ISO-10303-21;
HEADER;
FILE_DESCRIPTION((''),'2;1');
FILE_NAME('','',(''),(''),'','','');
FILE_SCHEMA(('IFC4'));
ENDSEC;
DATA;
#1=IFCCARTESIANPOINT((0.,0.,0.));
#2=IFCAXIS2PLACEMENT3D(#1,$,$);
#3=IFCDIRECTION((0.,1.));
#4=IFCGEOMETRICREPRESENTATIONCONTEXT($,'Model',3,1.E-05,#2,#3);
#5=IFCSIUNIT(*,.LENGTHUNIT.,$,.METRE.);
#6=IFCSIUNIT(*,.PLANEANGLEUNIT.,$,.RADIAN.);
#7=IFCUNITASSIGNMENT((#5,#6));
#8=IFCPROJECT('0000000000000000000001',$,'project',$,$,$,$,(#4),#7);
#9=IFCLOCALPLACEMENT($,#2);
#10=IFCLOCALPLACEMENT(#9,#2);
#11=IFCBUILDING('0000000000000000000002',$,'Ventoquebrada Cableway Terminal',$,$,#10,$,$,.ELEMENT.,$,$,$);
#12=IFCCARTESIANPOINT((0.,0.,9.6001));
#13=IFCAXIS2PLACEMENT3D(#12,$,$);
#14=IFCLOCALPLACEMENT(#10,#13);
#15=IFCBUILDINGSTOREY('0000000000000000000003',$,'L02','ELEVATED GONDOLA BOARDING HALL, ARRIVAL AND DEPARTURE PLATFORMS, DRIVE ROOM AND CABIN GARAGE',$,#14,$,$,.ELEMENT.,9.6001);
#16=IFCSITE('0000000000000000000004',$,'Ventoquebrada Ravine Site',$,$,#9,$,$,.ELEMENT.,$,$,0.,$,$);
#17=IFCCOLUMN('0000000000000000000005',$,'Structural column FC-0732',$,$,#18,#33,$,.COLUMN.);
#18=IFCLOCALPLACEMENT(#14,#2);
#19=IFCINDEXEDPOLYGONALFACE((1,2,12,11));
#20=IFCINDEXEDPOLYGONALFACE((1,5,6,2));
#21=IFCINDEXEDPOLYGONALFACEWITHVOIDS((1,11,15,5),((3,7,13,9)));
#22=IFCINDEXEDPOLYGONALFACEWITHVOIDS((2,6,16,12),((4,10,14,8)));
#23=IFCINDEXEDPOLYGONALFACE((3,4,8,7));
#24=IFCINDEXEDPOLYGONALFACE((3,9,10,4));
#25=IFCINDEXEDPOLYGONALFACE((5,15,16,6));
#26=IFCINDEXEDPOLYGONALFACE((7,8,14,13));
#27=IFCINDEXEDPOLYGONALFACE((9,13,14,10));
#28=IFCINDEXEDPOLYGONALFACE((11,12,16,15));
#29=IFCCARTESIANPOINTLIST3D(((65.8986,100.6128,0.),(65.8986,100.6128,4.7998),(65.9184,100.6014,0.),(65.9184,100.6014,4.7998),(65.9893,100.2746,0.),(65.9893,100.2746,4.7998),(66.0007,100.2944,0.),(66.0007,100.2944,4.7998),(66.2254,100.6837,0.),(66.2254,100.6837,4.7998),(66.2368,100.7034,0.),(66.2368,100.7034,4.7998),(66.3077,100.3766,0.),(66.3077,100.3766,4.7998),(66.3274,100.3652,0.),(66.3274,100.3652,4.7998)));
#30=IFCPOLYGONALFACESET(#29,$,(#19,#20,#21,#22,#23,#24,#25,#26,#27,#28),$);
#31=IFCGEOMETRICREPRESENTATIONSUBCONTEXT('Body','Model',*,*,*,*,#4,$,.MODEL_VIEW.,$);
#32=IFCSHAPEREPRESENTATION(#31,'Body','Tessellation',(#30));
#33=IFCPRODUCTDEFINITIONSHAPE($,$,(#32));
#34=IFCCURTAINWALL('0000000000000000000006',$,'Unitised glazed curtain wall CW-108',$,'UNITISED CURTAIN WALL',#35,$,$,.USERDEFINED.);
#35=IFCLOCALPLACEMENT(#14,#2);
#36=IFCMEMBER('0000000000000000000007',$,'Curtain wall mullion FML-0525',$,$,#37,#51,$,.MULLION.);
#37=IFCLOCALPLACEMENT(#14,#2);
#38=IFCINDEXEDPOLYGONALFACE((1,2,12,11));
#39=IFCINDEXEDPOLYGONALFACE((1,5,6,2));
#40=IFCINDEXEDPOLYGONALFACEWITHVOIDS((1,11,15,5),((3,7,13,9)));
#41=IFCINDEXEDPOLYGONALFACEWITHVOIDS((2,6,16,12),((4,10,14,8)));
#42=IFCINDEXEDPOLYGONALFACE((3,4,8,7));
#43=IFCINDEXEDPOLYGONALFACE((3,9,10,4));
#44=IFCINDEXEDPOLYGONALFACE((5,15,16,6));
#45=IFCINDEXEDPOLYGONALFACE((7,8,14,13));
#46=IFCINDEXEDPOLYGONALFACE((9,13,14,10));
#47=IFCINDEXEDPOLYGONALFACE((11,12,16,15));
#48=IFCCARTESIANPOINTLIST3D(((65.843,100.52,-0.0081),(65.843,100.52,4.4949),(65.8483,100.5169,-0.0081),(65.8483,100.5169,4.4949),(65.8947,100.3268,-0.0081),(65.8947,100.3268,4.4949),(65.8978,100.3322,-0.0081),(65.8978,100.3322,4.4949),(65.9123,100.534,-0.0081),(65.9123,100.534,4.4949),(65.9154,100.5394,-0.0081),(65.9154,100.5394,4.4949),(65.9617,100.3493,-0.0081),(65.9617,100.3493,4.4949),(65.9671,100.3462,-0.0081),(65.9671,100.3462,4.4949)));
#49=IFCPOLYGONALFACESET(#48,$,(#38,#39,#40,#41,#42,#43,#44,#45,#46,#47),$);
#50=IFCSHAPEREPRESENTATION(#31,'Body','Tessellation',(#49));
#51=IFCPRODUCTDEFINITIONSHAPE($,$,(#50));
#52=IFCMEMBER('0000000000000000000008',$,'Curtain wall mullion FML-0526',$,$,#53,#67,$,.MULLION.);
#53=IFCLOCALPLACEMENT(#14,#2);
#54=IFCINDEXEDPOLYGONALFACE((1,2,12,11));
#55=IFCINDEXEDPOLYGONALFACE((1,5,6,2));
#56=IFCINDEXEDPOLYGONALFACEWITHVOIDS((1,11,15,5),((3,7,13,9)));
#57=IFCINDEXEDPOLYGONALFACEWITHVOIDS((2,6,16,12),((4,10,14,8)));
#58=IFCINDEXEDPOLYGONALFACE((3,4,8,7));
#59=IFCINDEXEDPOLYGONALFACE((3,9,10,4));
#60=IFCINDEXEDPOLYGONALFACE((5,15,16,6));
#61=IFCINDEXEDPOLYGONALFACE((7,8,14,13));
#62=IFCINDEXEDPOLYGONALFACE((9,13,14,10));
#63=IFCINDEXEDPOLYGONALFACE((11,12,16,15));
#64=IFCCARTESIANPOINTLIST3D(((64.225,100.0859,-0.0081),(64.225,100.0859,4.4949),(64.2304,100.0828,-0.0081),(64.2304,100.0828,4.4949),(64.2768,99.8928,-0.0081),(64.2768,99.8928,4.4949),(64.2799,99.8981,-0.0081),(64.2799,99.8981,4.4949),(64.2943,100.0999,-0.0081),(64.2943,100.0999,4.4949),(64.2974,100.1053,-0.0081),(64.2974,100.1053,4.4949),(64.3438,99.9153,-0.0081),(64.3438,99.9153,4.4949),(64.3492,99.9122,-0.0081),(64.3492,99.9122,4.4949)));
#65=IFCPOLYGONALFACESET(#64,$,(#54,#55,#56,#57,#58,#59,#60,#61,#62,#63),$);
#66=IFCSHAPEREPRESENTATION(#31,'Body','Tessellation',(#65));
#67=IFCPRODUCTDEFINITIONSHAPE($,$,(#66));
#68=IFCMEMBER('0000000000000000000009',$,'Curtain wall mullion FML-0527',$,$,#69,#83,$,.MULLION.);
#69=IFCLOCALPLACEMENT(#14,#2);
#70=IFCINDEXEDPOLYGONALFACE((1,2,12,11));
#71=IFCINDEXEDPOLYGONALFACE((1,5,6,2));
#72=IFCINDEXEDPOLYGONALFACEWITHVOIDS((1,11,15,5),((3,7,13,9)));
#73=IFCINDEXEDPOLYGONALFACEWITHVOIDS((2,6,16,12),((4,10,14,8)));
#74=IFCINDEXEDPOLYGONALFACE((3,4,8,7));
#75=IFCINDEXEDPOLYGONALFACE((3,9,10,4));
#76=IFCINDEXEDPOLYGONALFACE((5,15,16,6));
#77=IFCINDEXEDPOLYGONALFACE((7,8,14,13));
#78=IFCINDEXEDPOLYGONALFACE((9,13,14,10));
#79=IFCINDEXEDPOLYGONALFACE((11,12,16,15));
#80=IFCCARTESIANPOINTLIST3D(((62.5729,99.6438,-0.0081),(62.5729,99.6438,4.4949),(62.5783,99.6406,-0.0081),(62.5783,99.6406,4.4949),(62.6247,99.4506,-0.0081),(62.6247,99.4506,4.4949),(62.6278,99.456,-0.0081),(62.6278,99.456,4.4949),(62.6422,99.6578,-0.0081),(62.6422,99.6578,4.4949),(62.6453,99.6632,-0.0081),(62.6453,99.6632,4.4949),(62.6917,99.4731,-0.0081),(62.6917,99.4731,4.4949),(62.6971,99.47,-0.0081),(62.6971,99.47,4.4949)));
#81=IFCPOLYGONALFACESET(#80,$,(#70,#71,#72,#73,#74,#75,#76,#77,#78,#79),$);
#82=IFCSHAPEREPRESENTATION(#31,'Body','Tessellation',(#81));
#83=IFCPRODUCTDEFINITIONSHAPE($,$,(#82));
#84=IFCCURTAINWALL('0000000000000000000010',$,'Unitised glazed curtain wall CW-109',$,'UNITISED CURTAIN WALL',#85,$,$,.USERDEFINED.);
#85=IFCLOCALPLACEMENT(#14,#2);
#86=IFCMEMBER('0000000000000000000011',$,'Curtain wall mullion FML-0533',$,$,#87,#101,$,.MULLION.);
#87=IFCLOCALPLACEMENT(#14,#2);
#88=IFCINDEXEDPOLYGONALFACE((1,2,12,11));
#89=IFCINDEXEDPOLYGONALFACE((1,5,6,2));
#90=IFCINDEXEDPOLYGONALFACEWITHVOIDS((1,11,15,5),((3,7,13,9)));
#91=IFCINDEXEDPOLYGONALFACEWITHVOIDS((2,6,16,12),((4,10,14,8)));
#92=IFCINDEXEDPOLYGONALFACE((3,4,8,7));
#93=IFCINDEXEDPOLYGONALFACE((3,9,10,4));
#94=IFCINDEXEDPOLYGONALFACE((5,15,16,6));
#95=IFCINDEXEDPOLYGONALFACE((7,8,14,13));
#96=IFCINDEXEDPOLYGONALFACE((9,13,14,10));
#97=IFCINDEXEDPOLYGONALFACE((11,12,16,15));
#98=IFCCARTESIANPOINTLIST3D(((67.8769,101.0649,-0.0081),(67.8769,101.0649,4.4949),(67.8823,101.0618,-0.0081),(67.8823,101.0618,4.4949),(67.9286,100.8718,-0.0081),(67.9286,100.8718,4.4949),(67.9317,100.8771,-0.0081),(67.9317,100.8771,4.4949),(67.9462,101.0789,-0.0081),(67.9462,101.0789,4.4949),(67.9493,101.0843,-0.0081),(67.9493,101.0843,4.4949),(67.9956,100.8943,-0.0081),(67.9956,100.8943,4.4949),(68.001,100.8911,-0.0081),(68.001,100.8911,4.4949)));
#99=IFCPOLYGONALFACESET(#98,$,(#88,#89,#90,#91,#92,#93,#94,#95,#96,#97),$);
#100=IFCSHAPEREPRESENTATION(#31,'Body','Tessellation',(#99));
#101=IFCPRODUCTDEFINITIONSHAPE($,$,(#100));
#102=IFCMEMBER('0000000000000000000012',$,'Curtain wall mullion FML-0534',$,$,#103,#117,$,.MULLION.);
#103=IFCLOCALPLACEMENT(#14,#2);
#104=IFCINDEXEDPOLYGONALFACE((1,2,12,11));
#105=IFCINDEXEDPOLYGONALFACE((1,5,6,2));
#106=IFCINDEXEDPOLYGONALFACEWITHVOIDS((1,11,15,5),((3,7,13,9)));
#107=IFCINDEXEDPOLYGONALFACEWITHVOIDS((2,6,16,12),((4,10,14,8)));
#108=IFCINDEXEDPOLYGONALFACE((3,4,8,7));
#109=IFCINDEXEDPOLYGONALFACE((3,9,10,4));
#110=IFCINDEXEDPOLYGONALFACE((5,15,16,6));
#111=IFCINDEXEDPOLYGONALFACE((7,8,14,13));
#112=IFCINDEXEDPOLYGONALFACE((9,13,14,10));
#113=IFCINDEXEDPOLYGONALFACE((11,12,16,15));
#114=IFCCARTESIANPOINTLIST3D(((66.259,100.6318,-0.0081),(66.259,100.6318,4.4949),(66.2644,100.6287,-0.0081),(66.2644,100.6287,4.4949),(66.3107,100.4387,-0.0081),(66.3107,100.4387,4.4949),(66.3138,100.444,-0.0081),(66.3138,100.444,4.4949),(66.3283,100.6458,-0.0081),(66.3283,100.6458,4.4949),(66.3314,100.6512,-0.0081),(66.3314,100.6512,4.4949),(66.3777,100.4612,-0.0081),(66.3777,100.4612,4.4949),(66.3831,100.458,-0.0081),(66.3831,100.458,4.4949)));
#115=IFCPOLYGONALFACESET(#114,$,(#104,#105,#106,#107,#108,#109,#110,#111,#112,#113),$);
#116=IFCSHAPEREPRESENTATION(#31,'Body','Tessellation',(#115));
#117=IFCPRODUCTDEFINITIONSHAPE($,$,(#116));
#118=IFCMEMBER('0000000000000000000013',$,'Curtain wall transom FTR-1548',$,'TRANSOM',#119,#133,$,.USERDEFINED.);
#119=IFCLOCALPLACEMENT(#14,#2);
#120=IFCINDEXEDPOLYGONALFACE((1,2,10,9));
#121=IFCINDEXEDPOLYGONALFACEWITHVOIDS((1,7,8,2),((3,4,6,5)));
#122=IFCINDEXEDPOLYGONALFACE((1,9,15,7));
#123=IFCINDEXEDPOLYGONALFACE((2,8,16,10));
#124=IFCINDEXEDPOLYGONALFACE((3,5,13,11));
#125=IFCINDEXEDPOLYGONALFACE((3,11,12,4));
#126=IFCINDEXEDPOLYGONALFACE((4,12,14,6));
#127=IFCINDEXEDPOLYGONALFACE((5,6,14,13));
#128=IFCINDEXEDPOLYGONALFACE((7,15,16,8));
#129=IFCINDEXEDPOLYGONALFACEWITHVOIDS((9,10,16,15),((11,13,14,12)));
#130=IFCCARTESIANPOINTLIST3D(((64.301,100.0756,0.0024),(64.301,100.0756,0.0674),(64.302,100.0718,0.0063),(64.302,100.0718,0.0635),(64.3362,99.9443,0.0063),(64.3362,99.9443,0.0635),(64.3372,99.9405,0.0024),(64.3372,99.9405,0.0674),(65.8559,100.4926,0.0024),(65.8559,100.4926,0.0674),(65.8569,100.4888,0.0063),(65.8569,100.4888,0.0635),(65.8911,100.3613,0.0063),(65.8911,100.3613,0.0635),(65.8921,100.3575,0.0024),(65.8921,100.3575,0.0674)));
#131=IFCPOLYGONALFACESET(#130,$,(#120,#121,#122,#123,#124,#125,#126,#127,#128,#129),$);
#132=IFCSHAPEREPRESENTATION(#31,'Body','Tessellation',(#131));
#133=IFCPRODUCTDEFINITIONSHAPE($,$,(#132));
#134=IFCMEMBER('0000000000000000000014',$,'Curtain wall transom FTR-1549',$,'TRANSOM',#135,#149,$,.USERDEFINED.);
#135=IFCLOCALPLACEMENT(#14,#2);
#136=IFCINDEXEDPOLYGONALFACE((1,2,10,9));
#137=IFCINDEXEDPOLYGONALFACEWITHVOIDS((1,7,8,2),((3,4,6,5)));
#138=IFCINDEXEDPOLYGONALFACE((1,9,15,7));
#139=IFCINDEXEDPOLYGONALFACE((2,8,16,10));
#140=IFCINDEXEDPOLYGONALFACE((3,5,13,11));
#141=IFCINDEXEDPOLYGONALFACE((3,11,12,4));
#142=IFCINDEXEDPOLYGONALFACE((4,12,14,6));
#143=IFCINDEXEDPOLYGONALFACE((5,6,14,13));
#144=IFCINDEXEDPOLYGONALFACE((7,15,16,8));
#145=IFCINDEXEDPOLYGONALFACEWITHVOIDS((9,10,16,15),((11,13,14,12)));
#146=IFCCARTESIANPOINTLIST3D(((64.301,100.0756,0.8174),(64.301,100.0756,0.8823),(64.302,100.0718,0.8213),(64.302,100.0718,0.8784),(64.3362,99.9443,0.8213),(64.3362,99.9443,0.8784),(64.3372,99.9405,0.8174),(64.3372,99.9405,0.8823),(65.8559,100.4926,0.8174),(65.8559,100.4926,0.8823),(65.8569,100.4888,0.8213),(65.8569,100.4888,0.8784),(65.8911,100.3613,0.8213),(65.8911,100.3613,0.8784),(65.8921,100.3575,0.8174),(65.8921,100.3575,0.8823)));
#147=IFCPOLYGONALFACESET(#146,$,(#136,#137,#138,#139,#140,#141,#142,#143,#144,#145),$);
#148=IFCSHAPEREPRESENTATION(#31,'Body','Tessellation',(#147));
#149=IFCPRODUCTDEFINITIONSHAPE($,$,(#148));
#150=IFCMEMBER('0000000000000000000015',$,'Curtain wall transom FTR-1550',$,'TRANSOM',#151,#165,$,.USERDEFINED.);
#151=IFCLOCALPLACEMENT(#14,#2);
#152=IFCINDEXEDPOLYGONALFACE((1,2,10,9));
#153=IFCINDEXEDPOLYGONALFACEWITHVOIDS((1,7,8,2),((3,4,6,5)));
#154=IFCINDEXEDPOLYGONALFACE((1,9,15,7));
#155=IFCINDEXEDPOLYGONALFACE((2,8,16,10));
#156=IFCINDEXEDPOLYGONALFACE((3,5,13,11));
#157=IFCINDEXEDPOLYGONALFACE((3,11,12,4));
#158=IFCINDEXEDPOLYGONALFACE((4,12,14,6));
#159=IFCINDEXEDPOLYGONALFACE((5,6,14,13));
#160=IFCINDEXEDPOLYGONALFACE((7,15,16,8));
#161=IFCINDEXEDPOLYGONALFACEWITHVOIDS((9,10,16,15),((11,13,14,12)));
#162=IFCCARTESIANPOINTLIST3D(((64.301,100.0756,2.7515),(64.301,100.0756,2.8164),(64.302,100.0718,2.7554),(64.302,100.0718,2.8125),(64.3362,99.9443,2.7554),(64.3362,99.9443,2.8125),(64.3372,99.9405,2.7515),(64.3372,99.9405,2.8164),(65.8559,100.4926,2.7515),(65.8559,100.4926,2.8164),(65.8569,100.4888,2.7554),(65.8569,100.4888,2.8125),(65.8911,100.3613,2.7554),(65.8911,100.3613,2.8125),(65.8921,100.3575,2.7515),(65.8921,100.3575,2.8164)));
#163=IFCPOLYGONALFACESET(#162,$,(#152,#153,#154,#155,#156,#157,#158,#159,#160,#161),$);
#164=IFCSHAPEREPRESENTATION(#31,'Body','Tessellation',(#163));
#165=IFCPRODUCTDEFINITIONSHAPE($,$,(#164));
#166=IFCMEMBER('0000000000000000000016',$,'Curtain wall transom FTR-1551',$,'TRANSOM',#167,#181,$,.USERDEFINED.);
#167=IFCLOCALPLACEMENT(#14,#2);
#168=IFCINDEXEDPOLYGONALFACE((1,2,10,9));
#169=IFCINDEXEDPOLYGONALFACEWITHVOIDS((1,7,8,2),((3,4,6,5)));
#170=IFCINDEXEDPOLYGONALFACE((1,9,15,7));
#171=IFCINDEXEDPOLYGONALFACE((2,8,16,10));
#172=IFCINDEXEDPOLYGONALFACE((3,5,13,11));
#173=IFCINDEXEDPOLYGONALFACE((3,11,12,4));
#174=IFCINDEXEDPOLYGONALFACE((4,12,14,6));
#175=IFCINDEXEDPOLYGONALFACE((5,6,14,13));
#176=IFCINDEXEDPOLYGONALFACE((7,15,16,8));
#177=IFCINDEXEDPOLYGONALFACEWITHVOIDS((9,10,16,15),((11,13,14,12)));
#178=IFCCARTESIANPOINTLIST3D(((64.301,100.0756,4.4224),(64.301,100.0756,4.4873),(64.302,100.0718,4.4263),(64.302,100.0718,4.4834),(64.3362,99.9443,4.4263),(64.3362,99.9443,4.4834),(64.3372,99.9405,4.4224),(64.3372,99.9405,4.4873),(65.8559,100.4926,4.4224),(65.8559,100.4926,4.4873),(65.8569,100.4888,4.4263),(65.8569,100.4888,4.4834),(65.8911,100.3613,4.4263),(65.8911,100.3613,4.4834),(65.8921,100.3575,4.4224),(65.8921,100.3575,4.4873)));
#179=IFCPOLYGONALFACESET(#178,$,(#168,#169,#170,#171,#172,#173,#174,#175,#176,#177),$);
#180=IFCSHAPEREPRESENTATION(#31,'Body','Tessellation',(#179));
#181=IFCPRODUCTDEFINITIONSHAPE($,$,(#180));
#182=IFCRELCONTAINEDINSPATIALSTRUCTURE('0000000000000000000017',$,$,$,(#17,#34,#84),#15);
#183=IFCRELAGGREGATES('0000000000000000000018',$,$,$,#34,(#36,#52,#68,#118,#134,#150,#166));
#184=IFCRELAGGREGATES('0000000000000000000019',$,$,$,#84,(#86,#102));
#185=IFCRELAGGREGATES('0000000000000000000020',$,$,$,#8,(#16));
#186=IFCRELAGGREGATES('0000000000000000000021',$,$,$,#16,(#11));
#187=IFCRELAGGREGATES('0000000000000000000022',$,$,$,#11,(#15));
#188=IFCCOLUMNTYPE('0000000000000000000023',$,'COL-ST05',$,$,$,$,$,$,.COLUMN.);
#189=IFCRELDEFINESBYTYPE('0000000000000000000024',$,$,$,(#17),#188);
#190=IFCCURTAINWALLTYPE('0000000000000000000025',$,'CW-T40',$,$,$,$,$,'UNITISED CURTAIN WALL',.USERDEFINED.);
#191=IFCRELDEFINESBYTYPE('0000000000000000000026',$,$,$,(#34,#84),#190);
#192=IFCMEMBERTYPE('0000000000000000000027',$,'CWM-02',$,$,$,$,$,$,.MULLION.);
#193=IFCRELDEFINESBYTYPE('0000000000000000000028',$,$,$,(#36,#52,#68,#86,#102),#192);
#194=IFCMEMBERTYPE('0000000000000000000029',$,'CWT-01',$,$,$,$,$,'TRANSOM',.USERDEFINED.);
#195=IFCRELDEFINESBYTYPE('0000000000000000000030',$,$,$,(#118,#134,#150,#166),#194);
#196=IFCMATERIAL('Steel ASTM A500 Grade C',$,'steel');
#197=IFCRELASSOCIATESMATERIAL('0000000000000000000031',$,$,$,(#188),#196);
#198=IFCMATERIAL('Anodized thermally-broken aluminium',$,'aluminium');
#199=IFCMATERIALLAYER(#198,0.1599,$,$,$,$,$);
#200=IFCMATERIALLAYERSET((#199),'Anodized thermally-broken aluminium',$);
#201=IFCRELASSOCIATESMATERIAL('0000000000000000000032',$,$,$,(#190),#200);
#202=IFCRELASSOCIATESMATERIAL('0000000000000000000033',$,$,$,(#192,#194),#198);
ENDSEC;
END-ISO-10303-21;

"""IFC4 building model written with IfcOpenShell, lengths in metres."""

from ifc_helpers import new_model, si_unit, direction, frame, origin, origin_2d, place, context, subcontext, project, spatial, hollow_rectangle, extrude, material, layer, layer_set, material_profile, profile_set, type_object, element, aggregate, save


model = new_model("IFC4")

# Units and contexts
model_context = context("Model", 3, precision=1e-05, world=origin(), true_north=direction((0.0, 1.0)))
body_context = subcontext(model_context, "Body", "Model", "MODEL_VIEW")
ifc_project = project(units=[si_unit("LENGTHUNIT", "METRE"), si_unit("PLANEANGLEUNIT", "RADIAN")], contexts=[model_context])

# Site, building, storey
site_placement = place(None, origin())
site = spatial("IfcSite", under=ifc_project, at=site_placement, Name="Ventoquebrada Ravine Site", CompositionType="ELEMENT", RefElevation=0.0)
building_placement = place(site_placement, origin())
building = spatial("IfcBuilding", under=site, at=building_placement, Name="Ventoquebrada Cableway Terminal", CompositionType="ELEMENT")
storey_placement = place(building_placement, frame((0.0, 0.0, 9.6001)))
storey = spatial("IfcBuildingStorey", under=building, at=storey_placement, Name="L02", Description="ELEVATED GONDOLA BOARDING HALL, ARRIVAL AND DEPARTURE PLATFORMS, DRIVE ROOM AND CABIN GARAGE", CompositionType="ELEMENT", Elevation=9.6001)

# Column
ifc_material_1 = material(Name="Steel ASTM A500 Grade C", Category="steel")
ifc_material_profile_1 = material_profile(ifc_material_1, hollow_rectangle(XDim=0.3501, YDim=0.3501, WallThickness=0.0161, at=origin_2d()), Name="HSS350X350X16")
ifc_profile_set_1 = profile_set([ifc_material_profile_1], Name="Steel ASTM A500 Grade C")
column_type = type_object("IfcColumnType", Name="COL-ST05", PredefinedType="COLUMN", material=ifc_profile_set_1)
column_placement = place(storey_placement, frame((66.113, 100.489, 0.0), z_axis=(0.0, 0.0, 1.0), x_axis=(0.965926, 0.258819, 0.0)))
element("IfcColumn", 1, at=column_placement, inside=storey, type_object=column_type, Name="Structural column FC-0732", PredefinedType="COLUMN", context=body_context, shape_type="SweptSolid", body=[
    extrude(hollow_rectangle(XDim=0.3501, YDim=0.3501, WallThickness=0.0161, at=origin_2d()), origin(), (0.0, 0.0, 1.0), 4.7998),
])

# Curtain walls, members
ifc_material_2 = material(Name="Anodized thermally-broken aluminium", Category="aluminium")
ifc_layer_1 = layer(ifc_material_2, 0.1599)
ifc_layer_set_1 = layer_set([ifc_layer_1], Name="Anodized thermally-broken aluminium")
curtain_wall_type = type_object("IfcCurtainWallType", Name="CW-T40", ElementType="UNITISED CURTAIN WALL", PredefinedType="USERDEFINED", material=ifc_layer_set_1)
curtain_wall_1_placement = place(storey_placement, origin())
curtain_wall_1 = element("IfcCurtainWall", 2, at=curtain_wall_1_placement, inside=storey, type_object=curtain_wall_type, Name="Unitised glazed curtain wall CW-108", ObjectType="UNITISED CURTAIN WALL", PredefinedType="USERDEFINED")
ifc_material_profile_2 = material_profile(ifc_material_2, hollow_rectangle(XDim=0.075, YDim=0.2, WallThickness=0.0044, at=origin_2d()), Name="CW-MUL-75X200")
ifc_profile_set_2 = profile_set([ifc_material_profile_2], Name="Anodized thermally-broken aluminium")
member_type_1 = type_object("IfcMemberType", Name="CWM-02", PredefinedType="MULLION", material=ifc_profile_set_2)
member_1_placement = place(storey_placement, frame((65.905, 100.4331, -0.0081), z_axis=(0.0, 0.0, 1.0), x_axis=(-0.965939, -0.258768, 0.0)))
member_1 = element("IfcMember", 3, at=member_1_placement, type_object=member_type_1, Name="Curtain wall mullion FML-0525", PredefinedType="MULLION", context=body_context, shape_type="SweptSolid", body=[
    extrude(hollow_rectangle(XDim=0.075, YDim=0.2, WallThickness=0.0044, at=origin_2d()), origin(), (0.0, 0.0, 1.0), 4.5029),
])
member_2_placement = place(storey_placement, frame((64.2871, 99.999, -0.0081), z_axis=(0.0, 0.0, 1.0), x_axis=(-0.965939, -0.258768, 0.0)))
member_2 = element("IfcMember", 4, at=member_2_placement, type_object=member_type_1, Name="Curtain wall mullion FML-0526", PredefinedType="MULLION", context=body_context, shape_type="SweptSolid", body=[
    extrude(hollow_rectangle(XDim=0.075, YDim=0.2, WallThickness=0.0044, at=origin_2d()), origin(), (0.0, 0.0, 1.0), 4.5029),
])
member_3_placement = place(storey_placement, frame((62.635, 99.5569, -0.0081), z_axis=(0.0, 0.0, 1.0), x_axis=(-0.965939, -0.258768, 0.0)))
member_3 = element("IfcMember", 5, at=member_3_placement, type_object=member_type_1, Name="Curtain wall mullion FML-0527", PredefinedType="MULLION", context=body_context, shape_type="SweptSolid", body=[
    extrude(hollow_rectangle(XDim=0.075, YDim=0.2, WallThickness=0.0044, at=origin_2d()), origin(), (0.0, 0.0, 1.0), 4.5029),
])
curtain_wall_2_placement = place(storey_placement, origin())
curtain_wall_2 = element("IfcCurtainWall", 6, at=curtain_wall_2_placement, inside=storey, type_object=curtain_wall_type, Name="Unitised glazed curtain wall CW-109", ObjectType="UNITISED CURTAIN WALL", PredefinedType="USERDEFINED")
member_4_placement = place(storey_placement, frame((67.939, 100.978, -0.0081), z_axis=(0.0, 0.0, 1.0), x_axis=(-0.965966, -0.258667, 0.0)))
member_4 = element("IfcMember", 7, at=member_4_placement, type_object=member_type_1, Name="Curtain wall mullion FML-0533", PredefinedType="MULLION", context=body_context, shape_type="SweptSolid", body=[
    extrude(hollow_rectangle(XDim=0.075, YDim=0.2, WallThickness=0.0044, at=origin_2d()), origin(), (0.0, 0.0, 1.0), 4.5029),
])
member_5_placement = place(storey_placement, frame((66.321, 100.5449, -0.0081), z_axis=(0.0, 0.0, 1.0), x_axis=(-0.965966, -0.258667, 0.0)))
member_5 = element("IfcMember", 8, at=member_5_placement, type_object=member_type_1, Name="Curtain wall mullion FML-0534", PredefinedType="MULLION", context=body_context, shape_type="SweptSolid", body=[
    extrude(hollow_rectangle(XDim=0.075, YDim=0.2, WallThickness=0.0044, at=origin_2d()), origin(), (0.0, 0.0, 1.0), 4.5029),
])

# Members
ifc_material_profile_3 = material_profile(ifc_material_2, hollow_rectangle(XDim=0.0649, YDim=0.1399, WallThickness=0.0039, at=origin_2d()), Name="CW-TRN-65X140")
ifc_profile_set_3 = profile_set([ifc_material_profile_3], Name="Anodized thermally-broken aluminium")
member_type_2 = type_object("IfcMemberType", Name="CWT-01", ElementType="TRANSOM", PredefinedType="USERDEFINED", material=ifc_profile_set_3)
member_6_placement = place(storey_placement, frame((65.874, 100.425, 0.0349), z_axis=(-0.965872, -0.259022, 0.0), x_axis=(0.0, 0.0, 1.0)))
member_6 = element("IfcMember", 9, at=member_6_placement, type_object=member_type_2, Name="Curtain wall transom FTR-1548", ObjectType="TRANSOM", PredefinedType="USERDEFINED", context=body_context, shape_type="SweptSolid", body=[
    extrude(hollow_rectangle(XDim=0.0649, YDim=0.1399, WallThickness=0.0039, at=origin_2d()), origin(), (0.0, 0.0, 1.0), 1.6099),
])
member_7_placement = place(storey_placement, frame((65.874, 100.425, 0.8499), z_axis=(-0.965872, -0.259022, 0.0), x_axis=(0.0, 0.0, 1.0)))
member_7 = element("IfcMember", 10, at=member_7_placement, type_object=member_type_2, Name="Curtain wall transom FTR-1549", ObjectType="TRANSOM", PredefinedType="USERDEFINED", context=body_context, shape_type="SweptSolid", body=[
    extrude(hollow_rectangle(XDim=0.0649, YDim=0.1399, WallThickness=0.0039, at=origin_2d()), origin(), (0.0, 0.0, 1.0), 1.6099),
])
member_8_placement = place(storey_placement, frame((65.874, 100.425, 2.7839), z_axis=(-0.965872, -0.259022, 0.0), x_axis=(0.0, 0.0, 1.0)))
member_8 = element("IfcMember", 11, at=member_8_placement, type_object=member_type_2, Name="Curtain wall transom FTR-1550", ObjectType="TRANSOM", PredefinedType="USERDEFINED", context=body_context, shape_type="SweptSolid", body=[
    extrude(hollow_rectangle(XDim=0.0649, YDim=0.1399, WallThickness=0.0039, at=origin_2d()), origin(), (0.0, 0.0, 1.0), 1.6099),
])
member_9_placement = place(storey_placement, frame((65.874, 100.425, 4.4548), z_axis=(-0.965872, -0.259022, 0.0), x_axis=(0.0, 0.0, 1.0)))
member_9 = element("IfcMember", 12, at=member_9_placement, type_object=member_type_2, Name="Curtain wall transom FTR-1551", ObjectType="TRANSOM", PredefinedType="USERDEFINED", context=body_context, shape_type="SweptSolid", body=[
    extrude(hollow_rectangle(XDim=0.0649, YDim=0.1399, WallThickness=0.0039, at=origin_2d()), origin(), (0.0, 0.0, 1.0), 1.6099),
])

aggregate(curtain_wall_1, [member_1, member_2, member_3, member_6, member_7, member_8, member_9])
aggregate(curtain_wall_2, [member_4, member_5])

save(model, "model.ifc")
